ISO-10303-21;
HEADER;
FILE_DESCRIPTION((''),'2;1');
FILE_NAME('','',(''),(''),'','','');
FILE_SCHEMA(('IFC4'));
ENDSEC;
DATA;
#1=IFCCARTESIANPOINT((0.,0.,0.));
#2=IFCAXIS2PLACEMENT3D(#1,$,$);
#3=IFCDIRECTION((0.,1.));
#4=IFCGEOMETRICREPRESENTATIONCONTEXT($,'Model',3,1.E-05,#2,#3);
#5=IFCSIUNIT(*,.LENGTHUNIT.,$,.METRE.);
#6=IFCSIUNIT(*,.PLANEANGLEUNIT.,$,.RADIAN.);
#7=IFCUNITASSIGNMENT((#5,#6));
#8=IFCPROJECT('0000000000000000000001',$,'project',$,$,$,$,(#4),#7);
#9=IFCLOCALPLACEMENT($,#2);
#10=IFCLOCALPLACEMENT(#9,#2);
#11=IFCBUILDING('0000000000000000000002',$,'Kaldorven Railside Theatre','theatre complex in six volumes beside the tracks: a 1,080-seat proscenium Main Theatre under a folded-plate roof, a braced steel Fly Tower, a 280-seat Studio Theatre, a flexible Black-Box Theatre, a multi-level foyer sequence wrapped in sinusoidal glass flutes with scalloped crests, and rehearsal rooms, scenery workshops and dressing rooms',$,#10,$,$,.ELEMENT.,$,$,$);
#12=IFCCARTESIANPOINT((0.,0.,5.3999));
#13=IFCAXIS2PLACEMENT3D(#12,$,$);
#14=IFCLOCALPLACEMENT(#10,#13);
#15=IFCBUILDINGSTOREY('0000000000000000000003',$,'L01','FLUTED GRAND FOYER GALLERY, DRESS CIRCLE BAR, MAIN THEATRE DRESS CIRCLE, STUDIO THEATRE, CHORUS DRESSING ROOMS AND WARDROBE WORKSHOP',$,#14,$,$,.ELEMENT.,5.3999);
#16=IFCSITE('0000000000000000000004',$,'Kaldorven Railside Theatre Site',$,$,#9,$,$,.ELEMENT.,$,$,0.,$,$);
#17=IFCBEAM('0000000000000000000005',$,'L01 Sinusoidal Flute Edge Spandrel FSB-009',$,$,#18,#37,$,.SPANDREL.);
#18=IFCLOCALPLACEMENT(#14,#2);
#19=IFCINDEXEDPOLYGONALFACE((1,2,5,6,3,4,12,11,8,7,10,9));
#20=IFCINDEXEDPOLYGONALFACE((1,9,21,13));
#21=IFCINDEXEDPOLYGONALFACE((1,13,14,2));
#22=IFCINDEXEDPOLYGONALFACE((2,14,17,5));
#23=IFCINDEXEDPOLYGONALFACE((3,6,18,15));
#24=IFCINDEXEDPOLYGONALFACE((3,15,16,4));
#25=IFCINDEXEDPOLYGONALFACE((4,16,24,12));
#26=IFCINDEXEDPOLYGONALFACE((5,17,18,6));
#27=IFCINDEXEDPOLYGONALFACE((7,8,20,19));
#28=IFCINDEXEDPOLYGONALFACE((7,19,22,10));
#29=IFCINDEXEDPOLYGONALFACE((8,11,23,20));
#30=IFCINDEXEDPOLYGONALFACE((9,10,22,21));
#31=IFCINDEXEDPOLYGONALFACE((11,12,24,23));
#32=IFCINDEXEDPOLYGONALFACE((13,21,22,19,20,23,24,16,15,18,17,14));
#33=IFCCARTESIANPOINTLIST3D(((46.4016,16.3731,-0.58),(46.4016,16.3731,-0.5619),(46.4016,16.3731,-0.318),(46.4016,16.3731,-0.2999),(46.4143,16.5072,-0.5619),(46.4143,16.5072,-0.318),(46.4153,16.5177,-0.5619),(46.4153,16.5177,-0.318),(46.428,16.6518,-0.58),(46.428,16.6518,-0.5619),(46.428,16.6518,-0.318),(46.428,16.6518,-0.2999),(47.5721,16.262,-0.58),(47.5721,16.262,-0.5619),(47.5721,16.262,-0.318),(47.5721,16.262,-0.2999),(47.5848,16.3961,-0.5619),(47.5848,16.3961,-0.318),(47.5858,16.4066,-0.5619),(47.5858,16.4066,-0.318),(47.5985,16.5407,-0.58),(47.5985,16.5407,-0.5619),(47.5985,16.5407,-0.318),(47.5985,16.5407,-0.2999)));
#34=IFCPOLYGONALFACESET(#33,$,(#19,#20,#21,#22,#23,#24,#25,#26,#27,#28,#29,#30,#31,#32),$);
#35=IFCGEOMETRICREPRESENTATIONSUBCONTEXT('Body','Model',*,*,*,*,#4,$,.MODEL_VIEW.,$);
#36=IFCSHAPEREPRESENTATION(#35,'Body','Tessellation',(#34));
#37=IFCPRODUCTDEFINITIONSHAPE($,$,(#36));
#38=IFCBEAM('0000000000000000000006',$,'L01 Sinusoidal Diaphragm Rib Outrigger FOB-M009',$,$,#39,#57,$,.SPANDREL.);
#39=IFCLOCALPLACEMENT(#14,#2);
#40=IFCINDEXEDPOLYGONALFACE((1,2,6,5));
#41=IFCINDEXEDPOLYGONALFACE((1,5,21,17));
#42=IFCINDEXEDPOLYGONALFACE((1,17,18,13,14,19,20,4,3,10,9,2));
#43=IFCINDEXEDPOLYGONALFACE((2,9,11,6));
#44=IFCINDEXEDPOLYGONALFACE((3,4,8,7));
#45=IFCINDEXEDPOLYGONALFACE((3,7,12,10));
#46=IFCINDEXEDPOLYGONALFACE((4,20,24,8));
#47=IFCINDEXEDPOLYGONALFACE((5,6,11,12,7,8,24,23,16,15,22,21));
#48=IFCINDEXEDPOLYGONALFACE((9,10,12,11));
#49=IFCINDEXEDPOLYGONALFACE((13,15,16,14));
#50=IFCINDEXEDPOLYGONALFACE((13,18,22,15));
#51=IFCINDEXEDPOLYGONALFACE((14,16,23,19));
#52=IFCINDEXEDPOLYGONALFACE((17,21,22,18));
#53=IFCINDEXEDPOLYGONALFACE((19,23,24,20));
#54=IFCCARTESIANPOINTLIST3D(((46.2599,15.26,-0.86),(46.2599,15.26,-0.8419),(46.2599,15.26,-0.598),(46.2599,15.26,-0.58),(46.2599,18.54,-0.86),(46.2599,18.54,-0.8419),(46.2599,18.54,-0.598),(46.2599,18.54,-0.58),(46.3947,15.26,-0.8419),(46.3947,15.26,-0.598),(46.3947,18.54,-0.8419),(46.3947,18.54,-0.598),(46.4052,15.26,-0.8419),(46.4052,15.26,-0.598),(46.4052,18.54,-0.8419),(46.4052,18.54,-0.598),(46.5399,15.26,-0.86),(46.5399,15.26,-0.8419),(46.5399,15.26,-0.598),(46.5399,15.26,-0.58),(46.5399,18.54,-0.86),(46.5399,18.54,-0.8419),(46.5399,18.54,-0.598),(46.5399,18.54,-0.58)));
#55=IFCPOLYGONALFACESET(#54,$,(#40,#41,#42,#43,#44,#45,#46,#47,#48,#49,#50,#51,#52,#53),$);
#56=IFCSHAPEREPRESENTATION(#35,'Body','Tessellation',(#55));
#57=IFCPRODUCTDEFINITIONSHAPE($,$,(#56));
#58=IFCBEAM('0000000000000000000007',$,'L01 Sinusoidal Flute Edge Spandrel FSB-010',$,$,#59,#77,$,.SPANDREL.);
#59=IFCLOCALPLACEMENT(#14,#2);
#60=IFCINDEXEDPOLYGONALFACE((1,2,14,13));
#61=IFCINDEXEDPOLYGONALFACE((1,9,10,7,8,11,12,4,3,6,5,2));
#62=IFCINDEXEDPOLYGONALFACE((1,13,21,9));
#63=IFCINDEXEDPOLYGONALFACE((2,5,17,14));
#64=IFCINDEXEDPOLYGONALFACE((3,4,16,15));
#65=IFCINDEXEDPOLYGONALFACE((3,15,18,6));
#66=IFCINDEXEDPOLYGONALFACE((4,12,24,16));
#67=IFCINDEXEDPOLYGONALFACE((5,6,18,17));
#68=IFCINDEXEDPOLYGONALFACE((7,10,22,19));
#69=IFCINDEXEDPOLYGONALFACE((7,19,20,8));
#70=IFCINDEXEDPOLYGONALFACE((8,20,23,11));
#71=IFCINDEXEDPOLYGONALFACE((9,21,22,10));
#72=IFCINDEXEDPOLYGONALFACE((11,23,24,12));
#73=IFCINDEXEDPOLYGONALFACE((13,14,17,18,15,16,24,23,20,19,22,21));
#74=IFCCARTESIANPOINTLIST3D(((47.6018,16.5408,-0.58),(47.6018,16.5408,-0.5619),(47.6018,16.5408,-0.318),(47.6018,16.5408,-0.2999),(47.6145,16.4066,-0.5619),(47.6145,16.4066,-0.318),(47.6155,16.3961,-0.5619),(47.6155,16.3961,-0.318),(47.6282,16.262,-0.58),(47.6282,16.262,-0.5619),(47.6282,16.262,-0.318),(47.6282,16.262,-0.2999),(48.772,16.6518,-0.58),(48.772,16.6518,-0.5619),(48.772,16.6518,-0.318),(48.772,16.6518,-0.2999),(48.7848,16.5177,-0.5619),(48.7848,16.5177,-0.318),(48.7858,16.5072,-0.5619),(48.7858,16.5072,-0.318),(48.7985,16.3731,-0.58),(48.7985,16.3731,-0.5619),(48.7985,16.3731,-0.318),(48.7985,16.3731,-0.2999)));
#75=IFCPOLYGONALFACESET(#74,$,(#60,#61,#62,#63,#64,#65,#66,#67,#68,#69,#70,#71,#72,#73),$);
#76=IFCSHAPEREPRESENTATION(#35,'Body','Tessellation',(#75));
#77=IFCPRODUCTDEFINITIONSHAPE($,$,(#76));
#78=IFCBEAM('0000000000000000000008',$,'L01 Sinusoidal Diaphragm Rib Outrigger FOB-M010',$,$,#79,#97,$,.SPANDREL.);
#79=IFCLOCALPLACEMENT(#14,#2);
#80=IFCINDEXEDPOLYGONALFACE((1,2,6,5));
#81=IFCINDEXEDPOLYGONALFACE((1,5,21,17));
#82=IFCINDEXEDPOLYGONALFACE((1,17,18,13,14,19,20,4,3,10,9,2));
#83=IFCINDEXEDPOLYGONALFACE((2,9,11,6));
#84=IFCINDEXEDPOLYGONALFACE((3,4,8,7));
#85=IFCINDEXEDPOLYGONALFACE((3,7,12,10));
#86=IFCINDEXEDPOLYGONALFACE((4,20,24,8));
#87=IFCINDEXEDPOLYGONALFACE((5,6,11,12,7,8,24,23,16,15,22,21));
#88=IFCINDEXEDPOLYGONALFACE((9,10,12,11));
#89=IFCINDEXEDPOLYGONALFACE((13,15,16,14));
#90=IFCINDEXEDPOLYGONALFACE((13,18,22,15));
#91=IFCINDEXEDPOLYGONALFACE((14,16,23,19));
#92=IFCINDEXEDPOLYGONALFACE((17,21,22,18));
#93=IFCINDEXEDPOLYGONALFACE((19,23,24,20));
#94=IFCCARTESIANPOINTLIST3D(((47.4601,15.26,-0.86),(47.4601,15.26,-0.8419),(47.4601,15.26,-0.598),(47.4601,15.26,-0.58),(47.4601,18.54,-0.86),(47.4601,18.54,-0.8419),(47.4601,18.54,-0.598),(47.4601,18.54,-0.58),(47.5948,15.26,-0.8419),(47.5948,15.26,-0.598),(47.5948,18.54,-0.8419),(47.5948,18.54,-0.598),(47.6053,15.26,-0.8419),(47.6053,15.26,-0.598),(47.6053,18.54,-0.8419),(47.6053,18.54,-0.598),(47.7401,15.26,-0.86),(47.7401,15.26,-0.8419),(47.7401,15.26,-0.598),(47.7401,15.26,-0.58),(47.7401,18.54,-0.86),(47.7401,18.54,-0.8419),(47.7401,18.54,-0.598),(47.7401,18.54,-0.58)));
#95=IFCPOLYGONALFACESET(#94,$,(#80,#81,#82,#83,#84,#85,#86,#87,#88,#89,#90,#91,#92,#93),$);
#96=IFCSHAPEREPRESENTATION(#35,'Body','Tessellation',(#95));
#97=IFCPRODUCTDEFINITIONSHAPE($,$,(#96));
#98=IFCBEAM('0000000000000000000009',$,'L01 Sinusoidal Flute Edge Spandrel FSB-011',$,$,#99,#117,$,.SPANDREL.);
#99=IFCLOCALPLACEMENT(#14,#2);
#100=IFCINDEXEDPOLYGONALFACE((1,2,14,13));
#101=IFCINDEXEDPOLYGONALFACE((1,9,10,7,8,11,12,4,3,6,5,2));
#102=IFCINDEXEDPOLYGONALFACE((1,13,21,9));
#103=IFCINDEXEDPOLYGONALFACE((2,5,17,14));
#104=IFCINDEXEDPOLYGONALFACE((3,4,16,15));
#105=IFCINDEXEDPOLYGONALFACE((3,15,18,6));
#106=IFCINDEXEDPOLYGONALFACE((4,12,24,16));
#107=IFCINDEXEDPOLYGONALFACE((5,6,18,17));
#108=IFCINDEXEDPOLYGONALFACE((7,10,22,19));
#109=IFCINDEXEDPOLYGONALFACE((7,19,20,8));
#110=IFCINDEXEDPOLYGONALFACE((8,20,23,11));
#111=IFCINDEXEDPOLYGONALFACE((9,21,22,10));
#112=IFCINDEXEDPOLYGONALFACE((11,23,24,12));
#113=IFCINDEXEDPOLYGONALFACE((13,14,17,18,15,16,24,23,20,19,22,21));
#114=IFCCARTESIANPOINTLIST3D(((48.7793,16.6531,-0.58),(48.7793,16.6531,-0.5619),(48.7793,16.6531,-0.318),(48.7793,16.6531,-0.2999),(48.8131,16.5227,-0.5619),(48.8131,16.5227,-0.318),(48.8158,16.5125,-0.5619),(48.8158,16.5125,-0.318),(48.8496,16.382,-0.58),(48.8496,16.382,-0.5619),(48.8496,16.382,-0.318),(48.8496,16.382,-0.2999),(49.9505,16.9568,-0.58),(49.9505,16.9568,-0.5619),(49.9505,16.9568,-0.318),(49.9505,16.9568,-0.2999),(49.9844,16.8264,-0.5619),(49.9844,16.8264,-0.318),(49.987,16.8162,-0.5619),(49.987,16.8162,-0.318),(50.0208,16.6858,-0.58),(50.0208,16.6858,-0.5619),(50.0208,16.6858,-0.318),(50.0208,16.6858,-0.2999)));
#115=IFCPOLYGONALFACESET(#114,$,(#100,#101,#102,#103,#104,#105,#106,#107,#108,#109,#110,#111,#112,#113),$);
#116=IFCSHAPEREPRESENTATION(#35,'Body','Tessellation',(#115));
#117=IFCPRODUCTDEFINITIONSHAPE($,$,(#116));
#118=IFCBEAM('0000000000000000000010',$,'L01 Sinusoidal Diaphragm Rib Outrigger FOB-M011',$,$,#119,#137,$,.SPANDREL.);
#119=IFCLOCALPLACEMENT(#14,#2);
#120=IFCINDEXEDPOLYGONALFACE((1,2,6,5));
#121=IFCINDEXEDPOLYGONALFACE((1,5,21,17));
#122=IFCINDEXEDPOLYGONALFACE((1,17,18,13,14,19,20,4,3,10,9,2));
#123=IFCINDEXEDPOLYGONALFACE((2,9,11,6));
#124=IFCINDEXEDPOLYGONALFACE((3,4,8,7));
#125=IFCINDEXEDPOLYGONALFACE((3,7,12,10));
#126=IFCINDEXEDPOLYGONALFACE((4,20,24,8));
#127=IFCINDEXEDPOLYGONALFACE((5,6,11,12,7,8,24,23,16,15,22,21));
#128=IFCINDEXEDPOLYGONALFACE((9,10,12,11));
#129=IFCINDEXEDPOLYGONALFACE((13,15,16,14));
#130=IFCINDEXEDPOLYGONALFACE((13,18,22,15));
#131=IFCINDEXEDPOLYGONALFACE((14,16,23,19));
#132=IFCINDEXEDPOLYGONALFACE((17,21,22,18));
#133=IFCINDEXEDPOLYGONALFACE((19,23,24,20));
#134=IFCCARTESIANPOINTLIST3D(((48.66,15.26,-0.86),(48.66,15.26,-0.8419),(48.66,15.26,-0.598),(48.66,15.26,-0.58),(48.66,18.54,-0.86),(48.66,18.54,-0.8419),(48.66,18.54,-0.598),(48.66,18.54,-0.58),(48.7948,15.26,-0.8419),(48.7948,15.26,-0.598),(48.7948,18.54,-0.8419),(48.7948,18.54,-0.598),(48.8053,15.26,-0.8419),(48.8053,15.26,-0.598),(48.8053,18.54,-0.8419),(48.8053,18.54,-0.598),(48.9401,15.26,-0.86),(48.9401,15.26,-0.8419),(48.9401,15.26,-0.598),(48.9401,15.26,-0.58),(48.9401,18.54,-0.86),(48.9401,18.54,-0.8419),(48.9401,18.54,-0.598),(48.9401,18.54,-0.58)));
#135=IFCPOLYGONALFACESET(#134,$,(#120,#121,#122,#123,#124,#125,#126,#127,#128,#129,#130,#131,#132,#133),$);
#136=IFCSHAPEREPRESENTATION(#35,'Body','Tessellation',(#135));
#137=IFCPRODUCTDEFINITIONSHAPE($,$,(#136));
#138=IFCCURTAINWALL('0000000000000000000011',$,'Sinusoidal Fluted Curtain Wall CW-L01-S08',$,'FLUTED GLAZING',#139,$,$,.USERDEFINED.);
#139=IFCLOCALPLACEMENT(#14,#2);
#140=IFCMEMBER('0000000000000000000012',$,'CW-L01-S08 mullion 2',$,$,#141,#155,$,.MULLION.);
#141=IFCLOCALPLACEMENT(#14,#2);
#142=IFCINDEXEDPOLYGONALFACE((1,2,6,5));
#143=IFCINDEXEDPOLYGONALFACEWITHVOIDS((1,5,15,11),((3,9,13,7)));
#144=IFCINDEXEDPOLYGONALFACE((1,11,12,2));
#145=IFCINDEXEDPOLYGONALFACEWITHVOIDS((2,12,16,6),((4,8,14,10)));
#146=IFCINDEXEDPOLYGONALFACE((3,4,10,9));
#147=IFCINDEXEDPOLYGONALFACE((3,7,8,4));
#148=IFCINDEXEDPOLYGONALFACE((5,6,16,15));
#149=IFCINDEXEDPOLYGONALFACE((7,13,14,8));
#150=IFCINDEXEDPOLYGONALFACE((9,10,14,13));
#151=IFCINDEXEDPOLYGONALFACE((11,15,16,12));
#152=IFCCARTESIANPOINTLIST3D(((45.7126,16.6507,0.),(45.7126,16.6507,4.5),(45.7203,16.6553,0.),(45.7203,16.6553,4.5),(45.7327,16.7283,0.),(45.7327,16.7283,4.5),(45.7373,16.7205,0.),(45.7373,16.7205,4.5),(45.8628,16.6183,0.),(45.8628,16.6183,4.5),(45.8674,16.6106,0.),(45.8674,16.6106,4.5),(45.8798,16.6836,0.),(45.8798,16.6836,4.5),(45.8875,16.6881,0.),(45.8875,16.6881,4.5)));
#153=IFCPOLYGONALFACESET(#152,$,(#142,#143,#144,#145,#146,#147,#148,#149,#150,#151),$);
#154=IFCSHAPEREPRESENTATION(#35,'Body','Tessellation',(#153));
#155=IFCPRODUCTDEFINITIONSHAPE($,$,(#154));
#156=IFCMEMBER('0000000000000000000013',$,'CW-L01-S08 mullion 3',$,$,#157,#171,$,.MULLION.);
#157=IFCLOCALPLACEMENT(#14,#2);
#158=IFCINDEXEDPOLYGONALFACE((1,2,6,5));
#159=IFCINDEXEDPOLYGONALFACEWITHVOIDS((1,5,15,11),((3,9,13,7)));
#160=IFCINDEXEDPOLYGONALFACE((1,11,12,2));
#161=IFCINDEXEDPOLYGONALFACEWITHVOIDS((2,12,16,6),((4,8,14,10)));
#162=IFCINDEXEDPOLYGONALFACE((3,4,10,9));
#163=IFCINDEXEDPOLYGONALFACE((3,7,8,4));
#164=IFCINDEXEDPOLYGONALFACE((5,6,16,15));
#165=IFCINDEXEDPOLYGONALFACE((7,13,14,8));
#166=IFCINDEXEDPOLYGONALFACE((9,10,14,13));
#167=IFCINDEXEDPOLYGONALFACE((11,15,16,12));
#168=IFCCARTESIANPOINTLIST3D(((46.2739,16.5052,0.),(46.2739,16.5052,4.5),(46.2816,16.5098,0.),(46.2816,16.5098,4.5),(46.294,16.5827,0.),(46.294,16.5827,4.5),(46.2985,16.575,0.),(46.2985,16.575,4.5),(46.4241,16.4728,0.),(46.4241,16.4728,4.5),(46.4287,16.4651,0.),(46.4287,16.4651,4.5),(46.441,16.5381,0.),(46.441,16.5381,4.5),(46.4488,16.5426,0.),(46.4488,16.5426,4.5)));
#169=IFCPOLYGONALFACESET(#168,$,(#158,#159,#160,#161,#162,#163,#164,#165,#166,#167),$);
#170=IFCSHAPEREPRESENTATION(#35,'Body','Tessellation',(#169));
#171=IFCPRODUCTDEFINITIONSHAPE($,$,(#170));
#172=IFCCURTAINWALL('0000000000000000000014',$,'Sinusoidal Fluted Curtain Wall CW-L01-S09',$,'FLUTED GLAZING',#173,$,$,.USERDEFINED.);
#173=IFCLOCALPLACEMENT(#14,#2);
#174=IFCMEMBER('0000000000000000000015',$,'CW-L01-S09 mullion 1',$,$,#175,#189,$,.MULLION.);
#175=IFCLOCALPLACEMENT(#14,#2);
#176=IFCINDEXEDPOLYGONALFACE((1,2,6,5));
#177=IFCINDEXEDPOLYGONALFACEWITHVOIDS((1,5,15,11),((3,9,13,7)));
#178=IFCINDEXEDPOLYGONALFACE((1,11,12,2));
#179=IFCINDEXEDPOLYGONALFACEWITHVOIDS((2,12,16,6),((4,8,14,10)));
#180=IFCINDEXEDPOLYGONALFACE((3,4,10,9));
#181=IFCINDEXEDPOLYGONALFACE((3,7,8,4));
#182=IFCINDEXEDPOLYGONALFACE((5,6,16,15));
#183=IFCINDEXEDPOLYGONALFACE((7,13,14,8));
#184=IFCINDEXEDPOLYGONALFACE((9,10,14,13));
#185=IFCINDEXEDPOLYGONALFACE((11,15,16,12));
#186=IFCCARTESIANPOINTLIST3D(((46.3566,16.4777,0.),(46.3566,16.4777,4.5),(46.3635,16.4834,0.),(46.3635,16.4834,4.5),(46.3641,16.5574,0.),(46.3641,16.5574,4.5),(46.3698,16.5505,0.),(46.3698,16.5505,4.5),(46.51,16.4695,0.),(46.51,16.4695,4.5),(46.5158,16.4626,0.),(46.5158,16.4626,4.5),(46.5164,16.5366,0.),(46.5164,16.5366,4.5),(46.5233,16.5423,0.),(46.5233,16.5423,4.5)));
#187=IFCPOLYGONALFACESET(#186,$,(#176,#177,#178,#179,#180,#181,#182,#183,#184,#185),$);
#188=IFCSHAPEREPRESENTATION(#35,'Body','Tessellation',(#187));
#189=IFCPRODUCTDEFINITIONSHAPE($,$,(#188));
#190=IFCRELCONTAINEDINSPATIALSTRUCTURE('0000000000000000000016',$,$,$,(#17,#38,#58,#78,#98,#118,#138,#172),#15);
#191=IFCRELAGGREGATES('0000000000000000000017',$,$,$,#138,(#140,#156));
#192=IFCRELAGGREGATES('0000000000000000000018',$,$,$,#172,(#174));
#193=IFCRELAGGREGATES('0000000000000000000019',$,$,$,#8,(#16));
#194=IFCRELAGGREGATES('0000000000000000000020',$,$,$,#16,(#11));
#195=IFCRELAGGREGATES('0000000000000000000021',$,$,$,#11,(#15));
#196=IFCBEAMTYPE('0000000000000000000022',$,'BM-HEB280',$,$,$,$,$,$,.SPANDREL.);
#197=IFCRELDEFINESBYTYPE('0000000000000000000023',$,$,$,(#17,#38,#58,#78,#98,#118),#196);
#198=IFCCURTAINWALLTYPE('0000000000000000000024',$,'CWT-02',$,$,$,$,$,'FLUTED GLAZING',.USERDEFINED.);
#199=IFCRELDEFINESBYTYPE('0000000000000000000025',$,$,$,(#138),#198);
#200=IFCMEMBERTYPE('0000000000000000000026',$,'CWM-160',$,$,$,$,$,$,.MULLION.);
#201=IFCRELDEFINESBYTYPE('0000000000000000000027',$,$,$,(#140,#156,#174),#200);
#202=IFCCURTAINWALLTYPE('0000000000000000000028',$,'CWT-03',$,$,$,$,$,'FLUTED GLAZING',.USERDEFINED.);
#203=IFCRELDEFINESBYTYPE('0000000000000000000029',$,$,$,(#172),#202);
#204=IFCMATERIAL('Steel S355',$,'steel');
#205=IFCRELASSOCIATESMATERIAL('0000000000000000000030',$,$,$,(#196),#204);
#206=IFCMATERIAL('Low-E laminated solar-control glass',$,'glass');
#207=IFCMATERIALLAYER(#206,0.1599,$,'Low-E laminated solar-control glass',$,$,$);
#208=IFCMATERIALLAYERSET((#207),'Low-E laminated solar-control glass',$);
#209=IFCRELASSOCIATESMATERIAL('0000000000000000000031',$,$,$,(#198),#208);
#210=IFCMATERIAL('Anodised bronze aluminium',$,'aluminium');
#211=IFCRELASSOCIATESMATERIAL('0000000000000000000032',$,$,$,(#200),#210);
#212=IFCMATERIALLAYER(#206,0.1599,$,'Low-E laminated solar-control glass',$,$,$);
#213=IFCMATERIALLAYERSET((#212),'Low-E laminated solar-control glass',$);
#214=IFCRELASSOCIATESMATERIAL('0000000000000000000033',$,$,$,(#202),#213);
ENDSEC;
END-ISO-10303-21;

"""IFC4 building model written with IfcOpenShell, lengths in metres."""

from ifc_helpers import new_model, si_unit, direction, frame, origin, origin_2d, place, context, subcontext, project, spatial, hollow_rectangle, i_section, extrude, material, layer, layer_set, material_profile, profile_set, type_object, element, aggregate, save


model = new_model("IFC4")

# Units and contexts
model_context = context("Model", 3, precision=1e-05, world=origin(), true_north=direction((0.0, 1.0)))
body_context = subcontext(model_context, "Body", "Model", "MODEL_VIEW")
ifc_project = project(units=[si_unit("LENGTHUNIT", "METRE"), si_unit("PLANEANGLEUNIT", "RADIAN")], contexts=[model_context])

# Site, building, storey
site_placement = place(None, origin())
site = spatial("IfcSite", under=ifc_project, at=site_placement, Name="Kaldorven Railside Theatre Site", CompositionType="ELEMENT", RefElevation=0.0)
building_placement = place(site_placement, origin())
building = spatial("IfcBuilding", under=site, at=building_placement, Name="Kaldorven Railside Theatre", Description="theatre complex in six volumes beside the tracks: a 1,080-seat proscenium Main Theatre under a folded-plate roof, a braced steel Fly Tower, a 280-seat Studio Theatre, a flexible Black-Box Theatre, a multi-level foyer sequence wrapped in sinusoidal glass flutes with scalloped crests, and rehearsal rooms, scenery workshops and dressing rooms", CompositionType="ELEMENT")
storey_placement = place(building_placement, frame((0.0, 0.0, 5.3999)))
storey = spatial("IfcBuildingStorey", under=building, at=storey_placement, Name="L01", Description="FLUTED GRAND FOYER GALLERY, DRESS CIRCLE BAR, MAIN THEATRE DRESS CIRCLE, STUDIO THEATRE, CHORUS DRESSING ROOMS AND WARDROBE WORKSHOP", CompositionType="ELEMENT", Elevation=5.3999)

# Beams
ifc_material_1 = material(Name="Steel S355", Category="steel")
ifc_material_profile_1 = material_profile(ifc_material_1, i_section(OverallWidth=0.28, OverallDepth=0.28, WebThickness=0.0105, FlangeThickness=0.0181, at=origin_2d()), Name="HEB 280")
ifc_profile_set_1 = profile_set([ifc_material_profile_1], Name="Steel S355")
beam_type = type_object("IfcBeamType", Name="BM-HEB280", PredefinedType="SPANDREL", material=ifc_profile_set_1)
beam_1_placement = place(storey_placement, frame((46.4148, 16.5125, -0.4399), z_axis=(0.995526, -0.094486, 0.0), x_axis=(0.094486, 0.995526, 0.0)))
element("IfcBeam", 1, at=beam_1_placement, inside=storey, type_object=beam_type, Name="L01 Sinusoidal Flute Edge Spandrel FSB-009", PredefinedType="SPANDREL", context=body_context, shape_type="SweptSolid", body=[
    extrude(i_section(OverallWidth=0.28, OverallDepth=0.28, WebThickness=0.0105, FlangeThickness=0.0181, at=origin_2d()), origin(), (0.0, 0.0, 1.0), 1.1758),
])
beam_2_placement = place(storey_placement, frame((46.3999, 15.26, -0.72), z_axis=(0.0, 1.0, 0.0), x_axis=(-1.0, 0.0, 0.0)))
element("IfcBeam", 2, at=beam_2_placement, inside=storey, type_object=beam_type, Name="L01 Sinusoidal Diaphragm Rib Outrigger FOB-M009", PredefinedType="SPANDREL", context=body_context, shape_type="SweptSolid", body=[
    extrude(i_section(OverallWidth=0.28, OverallDepth=0.28, WebThickness=0.0105, FlangeThickness=0.0181, at=origin_2d()), origin(), (0.0, 0.0, 1.0), 3.28),
])
beam_3_placement = place(storey_placement, frame((47.615, 16.4014, -0.4399), z_axis=(0.995524, 0.094505, 0.0), x_axis=(-0.094505, 0.995524, 0.0)))
element("IfcBeam", 3, at=beam_3_placement, inside=storey, type_object=beam_type, Name="L01 Sinusoidal Flute Edge Spandrel FSB-010", PredefinedType="SPANDREL", context=body_context, shape_type="SweptSolid", body=[
    extrude(i_section(OverallWidth=0.28, OverallDepth=0.28, WebThickness=0.0105, FlangeThickness=0.0181, at=origin_2d()), origin(), (0.0, 0.0, 1.0), 1.1755),
])
beam_4_placement = place(storey_placement, frame((47.6001, 15.26, -0.72), z_axis=(0.0, 1.0, 0.0), x_axis=(-1.0, 0.0, 0.0)))
element("IfcBeam", 4, at=beam_4_placement, inside=storey, type_object=beam_type, Name="L01 Sinusoidal Diaphragm Rib Outrigger FOB-M010", PredefinedType="SPANDREL", context=body_context, shape_type="SweptSolid", body=[
    extrude(i_section(OverallWidth=0.28, OverallDepth=0.28, WebThickness=0.0105, FlangeThickness=0.0181, at=origin_2d()), origin(), (0.0, 0.0, 1.0), 3.28),
])
beam_5_placement = place(storey_placement, frame((48.8145, 16.5176, -0.4399), z_axis=(0.967981, 0.251025, 0.0), x_axis=(-0.251025, 0.967981, 0.0)))
element("IfcBeam", 5, at=beam_5_placement, inside=storey, type_object=beam_type, Name="L01 Sinusoidal Flute Edge Spandrel FSB-011", PredefinedType="SPANDREL", context=body_context, shape_type="SweptSolid", body=[
    extrude(i_section(OverallWidth=0.28, OverallDepth=0.28, WebThickness=0.0105, FlangeThickness=0.0181, at=origin_2d()), origin(), (0.0, 0.0, 1.0), 1.21),
])
beam_6_placement = place(storey_placement, frame((48.8, 15.26, -0.72), z_axis=(0.0, 1.0, 0.0), x_axis=(-1.0, 0.0, 0.0)))
element("IfcBeam", 6, at=beam_6_placement, inside=storey, type_object=beam_type, Name="L01 Sinusoidal Diaphragm Rib Outrigger FOB-M011", PredefinedType="SPANDREL", context=body_context, shape_type="SweptSolid", body=[
    extrude(i_section(OverallWidth=0.28, OverallDepth=0.28, WebThickness=0.0105, FlangeThickness=0.0181, at=origin_2d()), origin(), (0.0, 0.0, 1.0), 3.28),
])

# Curtain walls, members
ifc_material_2 = material(Name="Low-E laminated solar-control glass", Category="glass")
ifc_layer_1 = layer(ifc_material_2, 0.1599, Name="Low-E laminated solar-control glass")
ifc_layer_set_1 = layer_set([ifc_layer_1], Name="Low-E laminated solar-control glass")
curtain_wall_type_1 = type_object("IfcCurtainWallType", Name="CWT-02", ElementType="FLUTED GLAZING", PredefinedType="USERDEFINED", material=ifc_layer_set_1)
curtain_wall_1_placement = place(storey_placement, origin())
curtain_wall_1 = element("IfcCurtainWall", 7, at=curtain_wall_1_placement, inside=storey, type_object=curtain_wall_type_1, Name="Sinusoidal Fluted Curtain Wall CW-L01-S08", ObjectType="FLUTED GLAZING", PredefinedType="USERDEFINED")
ifc_material_3 = material(Name="Anodised bronze aluminium", Category="aluminium")
ifc_material_profile_2 = material_profile(ifc_material_3, hollow_rectangle(XDim=0.0801, YDim=0.1599, WallThickness=0.0063, at=origin_2d()), Name="RHS 160x80x6.3")
ifc_profile_set_2 = profile_set([ifc_material_profile_2], Name="Anodised bronze aluminium")
member_type_1 = type_object("IfcMemberType", Name="CWM-160", PredefinedType="MULLION", material=ifc_profile_set_2)
member_1_placement = place(storey_placement, frame((45.8, 16.6694, 0.0), z_axis=(0.0, 0.0, 1.0), x_axis=(0.250954, 0.967999, 0.0)))
member_1 = element("IfcMember", 8, at=member_1_placement, type_object=member_type_1, Name="CW-L01-S08 mullion 2", PredefinedType="MULLION", context=body_context, shape_type="SweptSolid", body=[
    extrude(hollow_rectangle(XDim=0.0801, YDim=0.1599, WallThickness=0.0063, at=origin_2d()), origin(), (0.0, 0.0, 1.0), 4.5),
])
member_2_placement = place(storey_placement, frame((46.3613, 16.5239, 0.0), z_axis=(0.0, 0.0, 1.0), x_axis=(0.250954, 0.967999, 0.0)))
member_2 = element("IfcMember", 9, at=member_2_placement, type_object=member_type_1, Name="CW-L01-S08 mullion 3", PredefinedType="MULLION", context=body_context, shape_type="SweptSolid", body=[
    extrude(hollow_rectangle(XDim=0.0801, YDim=0.1599, WallThickness=0.0063, at=origin_2d()), origin(), (0.0, 0.0, 1.0), 4.5),
])
ifc_layer_2 = layer(ifc_material_2, 0.1599, Name="Low-E laminated solar-control glass")
ifc_layer_set_2 = layer_set([ifc_layer_2], Name="Low-E laminated solar-control glass")
curtain_wall_type_2 = type_object("IfcCurtainWallType", Name="CWT-03", ElementType="FLUTED GLAZING", PredefinedType="USERDEFINED", material=ifc_layer_set_2)
curtain_wall_2_placement = place(storey_placement, origin())
curtain_wall_2 = element("IfcCurtainWall", 10, at=curtain_wall_2_placement, inside=storey, type_object=curtain_wall_type_2, Name="Sinusoidal Fluted Curtain Wall CW-L01-S09", ObjectType="FLUTED GLAZING", PredefinedType="USERDEFINED")
member_3_placement = place(storey_placement, frame((46.4399, 16.51, 0.0), z_axis=(0.0, 0.0, 1.0), x_axis=(0.094492, 0.995526, 0.0)))
member_3 = element("IfcMember", 11, at=member_3_placement, type_object=member_type_1, Name="CW-L01-S09 mullion 1", PredefinedType="MULLION", context=body_context, shape_type="SweptSolid", body=[
    extrude(hollow_rectangle(XDim=0.0801, YDim=0.1599, WallThickness=0.0063, at=origin_2d()), origin(), (0.0, 0.0, 1.0), 4.5),
])

aggregate(curtain_wall_1, [member_1, member_2])
aggregate(curtain_wall_2, [member_3])

save(model, "model.ifc")
